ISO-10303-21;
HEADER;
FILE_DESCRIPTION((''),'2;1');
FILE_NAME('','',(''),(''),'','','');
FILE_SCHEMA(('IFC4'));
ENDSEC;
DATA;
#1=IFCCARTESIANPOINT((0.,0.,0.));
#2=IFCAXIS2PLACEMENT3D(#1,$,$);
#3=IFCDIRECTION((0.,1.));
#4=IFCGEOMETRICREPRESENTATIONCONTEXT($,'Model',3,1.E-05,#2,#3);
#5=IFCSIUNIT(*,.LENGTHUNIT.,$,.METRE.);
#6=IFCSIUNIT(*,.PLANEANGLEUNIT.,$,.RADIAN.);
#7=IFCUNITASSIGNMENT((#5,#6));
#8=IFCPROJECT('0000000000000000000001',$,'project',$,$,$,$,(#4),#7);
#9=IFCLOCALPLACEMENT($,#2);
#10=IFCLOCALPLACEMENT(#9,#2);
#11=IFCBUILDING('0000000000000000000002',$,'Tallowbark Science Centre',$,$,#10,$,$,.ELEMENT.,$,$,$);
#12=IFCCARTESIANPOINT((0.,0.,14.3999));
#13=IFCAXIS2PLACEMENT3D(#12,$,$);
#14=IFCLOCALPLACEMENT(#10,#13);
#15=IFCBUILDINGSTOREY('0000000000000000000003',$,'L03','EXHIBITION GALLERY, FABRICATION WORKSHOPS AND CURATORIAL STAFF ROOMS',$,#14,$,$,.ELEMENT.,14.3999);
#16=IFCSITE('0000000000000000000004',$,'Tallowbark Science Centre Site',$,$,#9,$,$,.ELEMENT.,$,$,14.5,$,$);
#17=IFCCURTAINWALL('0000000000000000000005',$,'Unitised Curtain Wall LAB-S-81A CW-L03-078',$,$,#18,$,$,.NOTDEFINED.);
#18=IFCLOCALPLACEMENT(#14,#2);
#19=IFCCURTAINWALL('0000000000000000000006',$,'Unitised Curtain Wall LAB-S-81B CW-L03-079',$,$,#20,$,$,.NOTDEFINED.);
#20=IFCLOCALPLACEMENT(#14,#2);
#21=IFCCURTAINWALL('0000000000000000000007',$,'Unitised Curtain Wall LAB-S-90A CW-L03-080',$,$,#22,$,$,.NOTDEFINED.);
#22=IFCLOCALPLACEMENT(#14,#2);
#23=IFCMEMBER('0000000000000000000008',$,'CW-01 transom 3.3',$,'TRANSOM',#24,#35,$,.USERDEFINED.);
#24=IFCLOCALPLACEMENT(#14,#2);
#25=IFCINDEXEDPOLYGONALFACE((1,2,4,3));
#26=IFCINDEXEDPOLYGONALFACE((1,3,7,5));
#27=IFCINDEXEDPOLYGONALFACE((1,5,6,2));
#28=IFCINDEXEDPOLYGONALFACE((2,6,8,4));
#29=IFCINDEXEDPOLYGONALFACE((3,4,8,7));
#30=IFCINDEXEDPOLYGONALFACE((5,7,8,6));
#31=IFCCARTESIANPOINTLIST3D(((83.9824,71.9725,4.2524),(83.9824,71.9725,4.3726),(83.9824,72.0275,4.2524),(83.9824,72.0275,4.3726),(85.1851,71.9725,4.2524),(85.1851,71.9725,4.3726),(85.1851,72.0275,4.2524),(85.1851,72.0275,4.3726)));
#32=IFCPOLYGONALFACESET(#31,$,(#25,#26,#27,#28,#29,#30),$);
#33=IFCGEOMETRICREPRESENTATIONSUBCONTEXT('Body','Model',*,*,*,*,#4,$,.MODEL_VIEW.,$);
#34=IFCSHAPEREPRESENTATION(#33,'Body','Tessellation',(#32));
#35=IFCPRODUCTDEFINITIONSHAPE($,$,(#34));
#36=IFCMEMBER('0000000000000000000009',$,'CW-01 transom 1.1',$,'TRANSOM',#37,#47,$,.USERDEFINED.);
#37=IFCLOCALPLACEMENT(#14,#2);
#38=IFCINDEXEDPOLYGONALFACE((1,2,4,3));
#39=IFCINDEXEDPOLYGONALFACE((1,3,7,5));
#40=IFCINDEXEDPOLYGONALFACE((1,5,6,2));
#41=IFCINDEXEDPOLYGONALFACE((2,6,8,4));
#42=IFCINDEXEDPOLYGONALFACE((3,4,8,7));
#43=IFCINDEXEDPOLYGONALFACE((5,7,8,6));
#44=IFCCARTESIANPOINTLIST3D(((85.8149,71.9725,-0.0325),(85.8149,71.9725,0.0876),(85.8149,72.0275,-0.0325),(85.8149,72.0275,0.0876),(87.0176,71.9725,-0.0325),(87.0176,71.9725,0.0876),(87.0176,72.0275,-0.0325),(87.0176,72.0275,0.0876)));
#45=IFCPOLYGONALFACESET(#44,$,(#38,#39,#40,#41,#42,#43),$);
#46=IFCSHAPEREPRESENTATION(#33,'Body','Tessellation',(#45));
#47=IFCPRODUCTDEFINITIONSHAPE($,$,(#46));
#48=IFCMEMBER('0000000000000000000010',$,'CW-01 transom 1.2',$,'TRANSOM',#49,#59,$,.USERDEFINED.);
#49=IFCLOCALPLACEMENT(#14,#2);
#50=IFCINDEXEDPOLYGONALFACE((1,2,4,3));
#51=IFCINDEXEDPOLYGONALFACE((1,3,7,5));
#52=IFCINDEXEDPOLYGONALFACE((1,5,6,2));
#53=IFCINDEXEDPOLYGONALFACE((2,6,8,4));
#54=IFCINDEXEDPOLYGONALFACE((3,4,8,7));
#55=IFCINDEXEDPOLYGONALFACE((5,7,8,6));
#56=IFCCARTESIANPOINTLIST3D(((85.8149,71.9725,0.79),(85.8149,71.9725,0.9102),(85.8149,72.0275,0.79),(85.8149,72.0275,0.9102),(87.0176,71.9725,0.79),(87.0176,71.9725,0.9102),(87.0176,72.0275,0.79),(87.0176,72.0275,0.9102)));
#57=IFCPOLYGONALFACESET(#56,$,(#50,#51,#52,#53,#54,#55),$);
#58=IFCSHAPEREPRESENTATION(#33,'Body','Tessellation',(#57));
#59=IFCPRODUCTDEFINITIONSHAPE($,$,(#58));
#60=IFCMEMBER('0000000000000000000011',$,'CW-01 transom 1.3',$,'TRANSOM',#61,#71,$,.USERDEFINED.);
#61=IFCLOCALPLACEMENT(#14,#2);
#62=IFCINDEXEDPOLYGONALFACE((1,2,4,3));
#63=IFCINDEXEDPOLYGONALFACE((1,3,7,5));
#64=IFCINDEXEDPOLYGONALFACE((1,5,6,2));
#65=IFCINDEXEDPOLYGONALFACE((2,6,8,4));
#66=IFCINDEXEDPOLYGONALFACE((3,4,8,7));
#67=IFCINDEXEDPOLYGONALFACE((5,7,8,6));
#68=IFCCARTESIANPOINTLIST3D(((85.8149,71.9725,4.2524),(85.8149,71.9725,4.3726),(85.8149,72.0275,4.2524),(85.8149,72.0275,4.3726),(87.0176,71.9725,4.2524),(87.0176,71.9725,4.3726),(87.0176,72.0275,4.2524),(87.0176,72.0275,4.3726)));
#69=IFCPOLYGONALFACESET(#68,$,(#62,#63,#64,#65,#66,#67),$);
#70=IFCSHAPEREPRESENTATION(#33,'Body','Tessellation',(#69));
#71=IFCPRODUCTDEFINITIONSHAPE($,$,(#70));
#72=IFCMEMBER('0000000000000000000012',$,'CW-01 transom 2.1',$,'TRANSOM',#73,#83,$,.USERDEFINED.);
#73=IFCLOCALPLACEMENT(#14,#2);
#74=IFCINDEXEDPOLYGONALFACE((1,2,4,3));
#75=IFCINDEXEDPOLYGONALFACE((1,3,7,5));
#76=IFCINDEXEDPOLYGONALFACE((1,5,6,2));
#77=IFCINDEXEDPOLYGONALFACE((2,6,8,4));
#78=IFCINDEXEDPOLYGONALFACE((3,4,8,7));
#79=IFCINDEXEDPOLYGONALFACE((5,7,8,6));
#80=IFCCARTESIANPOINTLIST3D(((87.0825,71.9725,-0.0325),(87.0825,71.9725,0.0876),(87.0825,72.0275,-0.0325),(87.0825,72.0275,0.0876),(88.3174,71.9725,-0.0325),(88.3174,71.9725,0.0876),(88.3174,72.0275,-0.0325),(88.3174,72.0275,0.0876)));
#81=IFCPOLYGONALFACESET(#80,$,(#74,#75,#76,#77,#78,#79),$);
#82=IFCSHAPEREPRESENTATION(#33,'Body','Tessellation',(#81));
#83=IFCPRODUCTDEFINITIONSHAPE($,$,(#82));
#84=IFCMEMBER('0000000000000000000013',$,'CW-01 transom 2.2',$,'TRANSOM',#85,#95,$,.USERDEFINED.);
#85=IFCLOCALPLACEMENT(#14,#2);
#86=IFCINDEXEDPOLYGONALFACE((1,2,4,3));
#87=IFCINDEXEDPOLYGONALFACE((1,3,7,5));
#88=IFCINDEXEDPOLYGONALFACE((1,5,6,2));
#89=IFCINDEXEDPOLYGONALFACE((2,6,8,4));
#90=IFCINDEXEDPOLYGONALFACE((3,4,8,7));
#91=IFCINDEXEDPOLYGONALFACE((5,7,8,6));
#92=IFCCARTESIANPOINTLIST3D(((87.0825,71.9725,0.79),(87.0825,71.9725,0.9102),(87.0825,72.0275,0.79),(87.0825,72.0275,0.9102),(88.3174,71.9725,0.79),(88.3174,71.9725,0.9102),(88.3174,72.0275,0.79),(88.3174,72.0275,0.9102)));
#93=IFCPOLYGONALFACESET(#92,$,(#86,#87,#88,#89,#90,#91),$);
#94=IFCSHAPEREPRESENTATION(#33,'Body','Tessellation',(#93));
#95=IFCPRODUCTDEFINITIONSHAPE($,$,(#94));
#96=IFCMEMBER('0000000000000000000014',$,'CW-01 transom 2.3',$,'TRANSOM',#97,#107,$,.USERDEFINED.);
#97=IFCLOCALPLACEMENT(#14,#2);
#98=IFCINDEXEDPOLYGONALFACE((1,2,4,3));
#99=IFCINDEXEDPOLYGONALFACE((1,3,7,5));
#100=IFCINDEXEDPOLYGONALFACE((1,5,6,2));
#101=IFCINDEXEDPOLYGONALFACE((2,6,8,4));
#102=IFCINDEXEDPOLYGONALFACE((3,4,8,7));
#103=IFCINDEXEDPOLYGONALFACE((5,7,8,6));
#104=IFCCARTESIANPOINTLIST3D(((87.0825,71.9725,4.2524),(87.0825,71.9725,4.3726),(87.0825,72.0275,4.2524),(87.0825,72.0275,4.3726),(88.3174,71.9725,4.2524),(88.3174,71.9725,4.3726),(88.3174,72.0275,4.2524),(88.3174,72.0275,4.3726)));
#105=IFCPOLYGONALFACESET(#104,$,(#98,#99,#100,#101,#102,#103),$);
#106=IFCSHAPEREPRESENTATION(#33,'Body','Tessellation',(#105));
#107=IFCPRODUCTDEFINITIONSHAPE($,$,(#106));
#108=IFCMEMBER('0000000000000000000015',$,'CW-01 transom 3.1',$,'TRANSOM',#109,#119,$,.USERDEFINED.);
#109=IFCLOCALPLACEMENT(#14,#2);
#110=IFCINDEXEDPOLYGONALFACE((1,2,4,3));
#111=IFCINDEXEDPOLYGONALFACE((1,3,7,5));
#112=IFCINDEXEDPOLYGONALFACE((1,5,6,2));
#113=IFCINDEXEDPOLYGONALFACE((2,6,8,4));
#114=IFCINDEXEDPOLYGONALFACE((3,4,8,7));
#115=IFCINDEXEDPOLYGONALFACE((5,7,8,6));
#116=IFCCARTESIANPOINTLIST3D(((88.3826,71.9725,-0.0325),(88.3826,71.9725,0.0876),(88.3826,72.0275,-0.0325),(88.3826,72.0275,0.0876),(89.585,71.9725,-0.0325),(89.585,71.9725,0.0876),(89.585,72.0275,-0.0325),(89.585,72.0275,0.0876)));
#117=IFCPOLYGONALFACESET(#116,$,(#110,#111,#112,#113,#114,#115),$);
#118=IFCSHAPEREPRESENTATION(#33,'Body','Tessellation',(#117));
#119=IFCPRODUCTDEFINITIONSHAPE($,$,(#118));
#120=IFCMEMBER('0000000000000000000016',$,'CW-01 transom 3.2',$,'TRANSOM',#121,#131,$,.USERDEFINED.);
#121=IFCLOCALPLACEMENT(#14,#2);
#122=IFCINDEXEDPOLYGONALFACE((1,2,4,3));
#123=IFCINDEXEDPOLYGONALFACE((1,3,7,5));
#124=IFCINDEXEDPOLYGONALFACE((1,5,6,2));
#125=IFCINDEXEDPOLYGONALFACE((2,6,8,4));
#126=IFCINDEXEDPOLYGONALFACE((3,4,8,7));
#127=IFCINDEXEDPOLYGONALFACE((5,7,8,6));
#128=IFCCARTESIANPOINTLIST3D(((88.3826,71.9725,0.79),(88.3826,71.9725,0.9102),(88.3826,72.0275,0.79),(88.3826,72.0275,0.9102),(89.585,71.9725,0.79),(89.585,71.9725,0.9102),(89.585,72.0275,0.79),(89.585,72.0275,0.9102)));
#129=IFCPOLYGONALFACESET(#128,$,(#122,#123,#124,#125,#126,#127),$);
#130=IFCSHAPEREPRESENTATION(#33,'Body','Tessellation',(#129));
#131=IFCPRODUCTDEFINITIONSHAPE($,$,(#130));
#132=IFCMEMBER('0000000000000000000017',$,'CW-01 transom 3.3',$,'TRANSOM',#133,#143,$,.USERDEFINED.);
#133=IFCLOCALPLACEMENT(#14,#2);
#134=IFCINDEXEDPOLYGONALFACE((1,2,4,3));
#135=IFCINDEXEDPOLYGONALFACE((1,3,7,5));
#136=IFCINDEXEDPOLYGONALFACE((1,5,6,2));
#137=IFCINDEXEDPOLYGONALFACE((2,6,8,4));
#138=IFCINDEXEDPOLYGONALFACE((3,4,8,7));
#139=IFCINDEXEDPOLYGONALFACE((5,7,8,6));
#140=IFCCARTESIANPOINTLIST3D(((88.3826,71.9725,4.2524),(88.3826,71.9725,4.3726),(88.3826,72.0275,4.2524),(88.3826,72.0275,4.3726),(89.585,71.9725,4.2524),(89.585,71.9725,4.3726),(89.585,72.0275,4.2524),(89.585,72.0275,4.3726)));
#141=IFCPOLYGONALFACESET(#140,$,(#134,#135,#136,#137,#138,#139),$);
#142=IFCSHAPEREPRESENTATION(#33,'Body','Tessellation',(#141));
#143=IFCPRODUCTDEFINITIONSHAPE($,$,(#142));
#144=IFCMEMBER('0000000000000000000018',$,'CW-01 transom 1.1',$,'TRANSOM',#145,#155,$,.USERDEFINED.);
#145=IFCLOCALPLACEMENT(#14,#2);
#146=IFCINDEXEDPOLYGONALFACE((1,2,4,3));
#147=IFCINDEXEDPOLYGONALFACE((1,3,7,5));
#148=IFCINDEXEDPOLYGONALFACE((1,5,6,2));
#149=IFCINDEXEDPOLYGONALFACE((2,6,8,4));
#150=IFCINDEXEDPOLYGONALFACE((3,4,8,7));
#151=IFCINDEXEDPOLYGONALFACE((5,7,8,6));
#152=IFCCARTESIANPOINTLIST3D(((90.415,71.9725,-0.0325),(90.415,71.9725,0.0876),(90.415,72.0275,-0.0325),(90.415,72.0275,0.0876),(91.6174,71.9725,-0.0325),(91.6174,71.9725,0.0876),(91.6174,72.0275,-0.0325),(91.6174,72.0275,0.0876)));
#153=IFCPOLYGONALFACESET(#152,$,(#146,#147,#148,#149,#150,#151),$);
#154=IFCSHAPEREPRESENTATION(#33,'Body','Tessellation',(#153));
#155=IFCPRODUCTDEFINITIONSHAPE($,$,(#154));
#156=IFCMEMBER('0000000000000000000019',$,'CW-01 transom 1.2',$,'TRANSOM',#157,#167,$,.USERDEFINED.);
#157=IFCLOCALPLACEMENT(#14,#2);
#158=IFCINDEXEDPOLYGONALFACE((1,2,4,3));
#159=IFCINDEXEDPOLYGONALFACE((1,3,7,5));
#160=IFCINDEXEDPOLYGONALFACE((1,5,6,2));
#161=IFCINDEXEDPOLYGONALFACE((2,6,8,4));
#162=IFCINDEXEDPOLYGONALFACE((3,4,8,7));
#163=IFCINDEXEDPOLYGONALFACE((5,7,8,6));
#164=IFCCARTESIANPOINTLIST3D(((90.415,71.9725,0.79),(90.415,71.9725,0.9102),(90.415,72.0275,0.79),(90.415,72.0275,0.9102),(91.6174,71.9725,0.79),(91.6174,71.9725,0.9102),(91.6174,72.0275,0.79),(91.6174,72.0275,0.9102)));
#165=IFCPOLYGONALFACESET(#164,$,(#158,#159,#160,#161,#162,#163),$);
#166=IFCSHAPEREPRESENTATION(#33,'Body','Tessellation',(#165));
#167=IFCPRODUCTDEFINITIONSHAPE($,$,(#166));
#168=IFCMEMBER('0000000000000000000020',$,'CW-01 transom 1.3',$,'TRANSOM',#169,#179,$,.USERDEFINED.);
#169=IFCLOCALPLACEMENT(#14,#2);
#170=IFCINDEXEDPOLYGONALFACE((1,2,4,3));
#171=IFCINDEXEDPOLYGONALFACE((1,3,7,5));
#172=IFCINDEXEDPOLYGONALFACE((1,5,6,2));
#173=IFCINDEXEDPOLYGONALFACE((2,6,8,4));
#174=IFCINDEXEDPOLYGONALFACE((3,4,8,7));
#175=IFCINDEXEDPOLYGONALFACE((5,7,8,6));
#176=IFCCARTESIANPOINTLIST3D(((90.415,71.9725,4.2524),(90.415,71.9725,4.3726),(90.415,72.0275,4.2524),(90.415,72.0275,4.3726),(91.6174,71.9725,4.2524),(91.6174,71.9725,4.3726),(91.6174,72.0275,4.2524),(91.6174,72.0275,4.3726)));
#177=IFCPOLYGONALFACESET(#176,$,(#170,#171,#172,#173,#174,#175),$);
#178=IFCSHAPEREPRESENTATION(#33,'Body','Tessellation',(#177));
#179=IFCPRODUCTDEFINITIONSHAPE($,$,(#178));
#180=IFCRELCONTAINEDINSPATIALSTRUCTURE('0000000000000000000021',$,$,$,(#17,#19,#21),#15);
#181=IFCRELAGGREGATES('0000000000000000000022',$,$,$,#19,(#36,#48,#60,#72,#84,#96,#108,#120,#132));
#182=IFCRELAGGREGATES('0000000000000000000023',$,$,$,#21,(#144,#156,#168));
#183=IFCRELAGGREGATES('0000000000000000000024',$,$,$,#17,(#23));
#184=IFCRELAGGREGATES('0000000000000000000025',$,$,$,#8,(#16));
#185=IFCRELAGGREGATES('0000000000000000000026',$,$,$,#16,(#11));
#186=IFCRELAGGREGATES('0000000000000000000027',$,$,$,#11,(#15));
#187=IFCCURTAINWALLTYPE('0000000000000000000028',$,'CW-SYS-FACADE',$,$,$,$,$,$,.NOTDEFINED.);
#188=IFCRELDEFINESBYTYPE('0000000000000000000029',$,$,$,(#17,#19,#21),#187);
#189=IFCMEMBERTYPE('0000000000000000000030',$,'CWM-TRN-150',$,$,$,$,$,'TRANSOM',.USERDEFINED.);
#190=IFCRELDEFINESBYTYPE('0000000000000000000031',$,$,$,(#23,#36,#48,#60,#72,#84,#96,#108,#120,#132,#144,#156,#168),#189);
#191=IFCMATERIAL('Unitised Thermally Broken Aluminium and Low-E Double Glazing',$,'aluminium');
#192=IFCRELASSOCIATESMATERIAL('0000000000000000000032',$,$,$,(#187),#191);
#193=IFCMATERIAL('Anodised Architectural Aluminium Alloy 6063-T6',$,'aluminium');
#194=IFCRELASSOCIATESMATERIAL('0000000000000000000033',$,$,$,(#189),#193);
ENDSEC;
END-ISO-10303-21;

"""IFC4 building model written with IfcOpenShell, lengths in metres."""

from ifc_helpers import new_model, si_unit, direction, frame, origin, origin_2d, place, context, subcontext, project, spatial, rectangle, extrude, material, material_profile, profile_set, type_object, element, aggregate, save


model = new_model("IFC4")

# Units and contexts
model_context = context("Model", 3, precision=1e-05, world=origin(), true_north=direction((0.0, 1.0)))
body_context = subcontext(model_context, "Body", "Model", "MODEL_VIEW")
ifc_project = project(units=[si_unit("LENGTHUNIT", "METRE"), si_unit("PLANEANGLEUNIT", "RADIAN")], contexts=[model_context])

# Site, building, storey
site_placement = place(None, origin())
site = spatial("IfcSite", under=ifc_project, at=site_placement, Name="Tallowbark Science Centre Site", CompositionType="ELEMENT", RefElevation=14.5)
building_placement = place(site_placement, origin())
building = spatial("IfcBuilding", under=site, at=building_placement, Name="Tallowbark Science Centre", CompositionType="ELEMENT")
storey_placement = place(building_placement, frame((0.0, 0.0, 14.3999)))
storey = spatial("IfcBuildingStorey", under=building, at=storey_placement, Name="L03", Description="EXHIBITION GALLERY, FABRICATION WORKSHOPS AND CURATORIAL STAFF ROOMS", CompositionType="ELEMENT", Elevation=14.3999)

# Curtain wall
ifc_material_1 = material(Name="Unitised Thermally Broken Aluminium and Low-E Double Glazing", Category="aluminium")
curtain_wall_type = type_object("IfcCurtainWallType", Name="CW-SYS-FACADE", PredefinedType="NOTDEFINED", material=ifc_material_1)
curtain_wall_1_placement = place(storey_placement, origin())
curtain_wall_1 = element("IfcCurtainWall", 1, at=curtain_wall_1_placement, inside=storey, type_object=curtain_wall_type, Name="Unitised Curtain Wall LAB-S-81A CW-L03-078", PredefinedType="NOTDEFINED")
ifc_material_2 = material(Name="Anodised Architectural Aluminium Alloy 6063-T6", Category="aluminium")

# Curtain wall
curtain_wall_2_placement = place(storey_placement, origin())
curtain_wall_2 = element("IfcCurtainWall", 2, at=curtain_wall_2_placement, inside=storey, type_object=curtain_wall_type, Name="Unitised Curtain Wall LAB-S-81B CW-L03-079", PredefinedType="NOTDEFINED")

# Curtain wall
curtain_wall_3_placement = place(storey_placement, origin())
curtain_wall_3 = element("IfcCurtainWall", 3, at=curtain_wall_3_placement, inside=storey, type_object=curtain_wall_type, Name="Unitised Curtain Wall LAB-S-90A CW-L03-080", PredefinedType="NOTDEFINED")

# Members
ifc_material_profile_1 = material_profile(ifc_material_2, rectangle(XDim=0.0549, YDim=0.1201, at=origin_2d()), Name="ALU55x120")
ifc_profile_set_1 = profile_set([ifc_material_profile_1], Name="Anodised Architectural Aluminium Alloy 6063-T6")
member_type_1 = type_object("IfcMemberType", Name="CWM-TRN-150", ElementType="TRANSOM", PredefinedType="USERDEFINED", material=ifc_profile_set_1)
member_1_placement = place(storey_placement, frame((83.9824, 72.0, 4.3125), z_axis=(1.0, 0.0, 0.0), x_axis=(0.0, 1.0, 0.0)))
member_1 = element("IfcMember", 4, at=member_1_placement, type_object=member_type_1, Name="CW-01 transom 3.3", ObjectType="TRANSOM", PredefinedType="USERDEFINED", context=body_context, shape_type="SweptSolid", body=[
    extrude(rectangle(XDim=0.0549, YDim=0.1201, at=origin_2d()), origin(), (0.0, 0.0, 1.0), 1.2026),
])
member_2_placement = place(storey_placement, frame((85.8149, 72.0, 0.0276), z_axis=(1.0, 0.0, 0.0), x_axis=(0.0, 1.0, 0.0)))
member_2 = element("IfcMember", 5, at=member_2_placement, type_object=member_type_1, Name="CW-01 transom 1.1", ObjectType="TRANSOM", PredefinedType="USERDEFINED", context=body_context, shape_type="SweptSolid", body=[
    extrude(rectangle(XDim=0.0549, YDim=0.1201, at=origin_2d()), origin(), (0.0, 0.0, 1.0), 1.2026),
])
member_3_placement = place(storey_placement, frame((85.8149, 72.0, 0.8501), z_axis=(1.0, 0.0, 0.0), x_axis=(0.0, 1.0, 0.0)))
member_3 = element("IfcMember", 6, at=member_3_placement, type_object=member_type_1, Name="CW-01 transom 1.2", ObjectType="TRANSOM", PredefinedType="USERDEFINED", context=body_context, shape_type="SweptSolid", body=[
    extrude(rectangle(XDim=0.0549, YDim=0.1201, at=origin_2d()), origin(), (0.0, 0.0, 1.0), 1.2026),
])
member_4_placement = place(storey_placement, frame((85.8149, 72.0, 4.3125), z_axis=(1.0, 0.0, 0.0), x_axis=(0.0, 1.0, 0.0)))
member_4 = element("IfcMember", 7, at=member_4_placement, type_object=member_type_1, Name="CW-01 transom 1.3", ObjectType="TRANSOM", PredefinedType="USERDEFINED", context=body_context, shape_type="SweptSolid", body=[
    extrude(rectangle(XDim=0.0549, YDim=0.1201, at=origin_2d()), origin(), (0.0, 0.0, 1.0), 1.2026),
])
member_5_placement = place(storey_placement, frame((87.0825, 72.0, 0.0276), z_axis=(1.0, 0.0, 0.0), x_axis=(0.0, 1.0, 0.0)))
member_5 = element("IfcMember", 8, at=member_5_placement, type_object=member_type_1, Name="CW-01 transom 2.1", ObjectType="TRANSOM", PredefinedType="USERDEFINED", context=body_context, shape_type="SweptSolid", body=[
    extrude(rectangle(XDim=0.0549, YDim=0.1201, at=origin_2d()), origin(), (0.0, 0.0, 1.0), 1.2349),
])
member_6_placement = place(storey_placement, frame((87.0825, 72.0, 0.8501), z_axis=(1.0, 0.0, 0.0), x_axis=(0.0, 1.0, 0.0)))
member_6 = element("IfcMember", 9, at=member_6_placement, type_object=member_type_1, Name="CW-01 transom 2.2", ObjectType="TRANSOM", PredefinedType="USERDEFINED", context=body_context, shape_type="SweptSolid", body=[
    extrude(rectangle(XDim=0.0549, YDim=0.1201, at=origin_2d()), origin(), (0.0, 0.0, 1.0), 1.2349),
])
member_7_placement = place(storey_placement, frame((87.0825, 72.0, 4.3125), z_axis=(1.0, 0.0, 0.0), x_axis=(0.0, 1.0, 0.0)))
member_7 = element("IfcMember", 10, at=member_7_placement, type_object=member_type_1, Name="CW-01 transom 2.3", ObjectType="TRANSOM", PredefinedType="USERDEFINED", context=body_context, shape_type="SweptSolid", body=[
    extrude(rectangle(XDim=0.0549, YDim=0.1201, at=origin_2d()), origin(), (0.0, 0.0, 1.0), 1.2349),
])
member_8_placement = place(storey_placement, frame((88.3826, 72.0, 0.0276), z_axis=(1.0, 0.0, 0.0), x_axis=(0.0, 1.0, 0.0)))
member_8 = element("IfcMember", 11, at=member_8_placement, type_object=member_type_1, Name="CW-01 transom 3.1", ObjectType="TRANSOM", PredefinedType="USERDEFINED", context=body_context, shape_type="SweptSolid", body=[
    extrude(rectangle(XDim=0.0549, YDim=0.1201, at=origin_2d()), origin(), (0.0, 0.0, 1.0), 1.2024),
])
member_9_placement = place(storey_placement, frame((88.3826, 72.0, 0.8501), z_axis=(1.0, 0.0, 0.0), x_axis=(0.0, 1.0, 0.0)))
member_9 = element("IfcMember", 12, at=member_9_placement, type_object=member_type_1, Name="CW-01 transom 3.2", ObjectType="TRANSOM", PredefinedType="USERDEFINED", context=body_context, shape_type="SweptSolid", body=[
    extrude(rectangle(XDim=0.0549, YDim=0.1201, at=origin_2d()), origin(), (0.0, 0.0, 1.0), 1.2024),
])
member_10_placement = place(storey_placement, frame((88.3826, 72.0, 4.3125), z_axis=(1.0, 0.0, 0.0), x_axis=(0.0, 1.0, 0.0)))
member_10 = element("IfcMember", 13, at=member_10_placement, type_object=member_type_1, Name="CW-01 transom 3.3", ObjectType="TRANSOM", PredefinedType="USERDEFINED", context=body_context, shape_type="SweptSolid", body=[
    extrude(rectangle(XDim=0.0549, YDim=0.1201, at=origin_2d()), origin(), (0.0, 0.0, 1.0), 1.2024),
])
member_11_placement = place(storey_placement, frame((90.415, 72.0, 0.0276), z_axis=(1.0, 0.0, 0.0), x_axis=(0.0, 1.0, 0.0)))
member_11 = element("IfcMember", 14, at=member_11_placement, type_object=member_type_1, Name="CW-01 transom 1.1", ObjectType="TRANSOM", PredefinedType="USERDEFINED", context=body_context, shape_type="SweptSolid", body=[
    extrude(rectangle(XDim=0.0549, YDim=0.1201, at=origin_2d()), origin(), (0.0, 0.0, 1.0), 1.2024),
])
member_12_placement = place(storey_placement, frame((90.415, 72.0, 0.8501), z_axis=(1.0, 0.0, 0.0), x_axis=(0.0, 1.0, 0.0)))
member_12 = element("IfcMember", 15, at=member_12_placement, type_object=member_type_1, Name="CW-01 transom 1.2", ObjectType="TRANSOM", PredefinedType="USERDEFINED", context=body_context, shape_type="SweptSolid", body=[
    extrude(rectangle(XDim=0.0549, YDim=0.1201, at=origin_2d()), origin(), (0.0, 0.0, 1.0), 1.2024),
])
member_13_placement = place(storey_placement, frame((90.415, 72.0, 4.3125), z_axis=(1.0, 0.0, 0.0), x_axis=(0.0, 1.0, 0.0)))
member_13 = element("IfcMember", 16, at=member_13_placement, type_object=member_type_1, Name="CW-01 transom 1.3", ObjectType="TRANSOM", PredefinedType="USERDEFINED", context=body_context, shape_type="SweptSolid", body=[
    extrude(rectangle(XDim=0.0549, YDim=0.1201, at=origin_2d()), origin(), (0.0, 0.0, 1.0), 1.2024),
])

aggregate(curtain_wall_2, [member_2, member_3, member_4, member_5, member_6, member_7, member_8, member_9, member_10])
aggregate(curtain_wall_3, [member_11, member_12, member_13])
aggregate(curtain_wall_1, [member_1])

save(model, "model.ifc")
